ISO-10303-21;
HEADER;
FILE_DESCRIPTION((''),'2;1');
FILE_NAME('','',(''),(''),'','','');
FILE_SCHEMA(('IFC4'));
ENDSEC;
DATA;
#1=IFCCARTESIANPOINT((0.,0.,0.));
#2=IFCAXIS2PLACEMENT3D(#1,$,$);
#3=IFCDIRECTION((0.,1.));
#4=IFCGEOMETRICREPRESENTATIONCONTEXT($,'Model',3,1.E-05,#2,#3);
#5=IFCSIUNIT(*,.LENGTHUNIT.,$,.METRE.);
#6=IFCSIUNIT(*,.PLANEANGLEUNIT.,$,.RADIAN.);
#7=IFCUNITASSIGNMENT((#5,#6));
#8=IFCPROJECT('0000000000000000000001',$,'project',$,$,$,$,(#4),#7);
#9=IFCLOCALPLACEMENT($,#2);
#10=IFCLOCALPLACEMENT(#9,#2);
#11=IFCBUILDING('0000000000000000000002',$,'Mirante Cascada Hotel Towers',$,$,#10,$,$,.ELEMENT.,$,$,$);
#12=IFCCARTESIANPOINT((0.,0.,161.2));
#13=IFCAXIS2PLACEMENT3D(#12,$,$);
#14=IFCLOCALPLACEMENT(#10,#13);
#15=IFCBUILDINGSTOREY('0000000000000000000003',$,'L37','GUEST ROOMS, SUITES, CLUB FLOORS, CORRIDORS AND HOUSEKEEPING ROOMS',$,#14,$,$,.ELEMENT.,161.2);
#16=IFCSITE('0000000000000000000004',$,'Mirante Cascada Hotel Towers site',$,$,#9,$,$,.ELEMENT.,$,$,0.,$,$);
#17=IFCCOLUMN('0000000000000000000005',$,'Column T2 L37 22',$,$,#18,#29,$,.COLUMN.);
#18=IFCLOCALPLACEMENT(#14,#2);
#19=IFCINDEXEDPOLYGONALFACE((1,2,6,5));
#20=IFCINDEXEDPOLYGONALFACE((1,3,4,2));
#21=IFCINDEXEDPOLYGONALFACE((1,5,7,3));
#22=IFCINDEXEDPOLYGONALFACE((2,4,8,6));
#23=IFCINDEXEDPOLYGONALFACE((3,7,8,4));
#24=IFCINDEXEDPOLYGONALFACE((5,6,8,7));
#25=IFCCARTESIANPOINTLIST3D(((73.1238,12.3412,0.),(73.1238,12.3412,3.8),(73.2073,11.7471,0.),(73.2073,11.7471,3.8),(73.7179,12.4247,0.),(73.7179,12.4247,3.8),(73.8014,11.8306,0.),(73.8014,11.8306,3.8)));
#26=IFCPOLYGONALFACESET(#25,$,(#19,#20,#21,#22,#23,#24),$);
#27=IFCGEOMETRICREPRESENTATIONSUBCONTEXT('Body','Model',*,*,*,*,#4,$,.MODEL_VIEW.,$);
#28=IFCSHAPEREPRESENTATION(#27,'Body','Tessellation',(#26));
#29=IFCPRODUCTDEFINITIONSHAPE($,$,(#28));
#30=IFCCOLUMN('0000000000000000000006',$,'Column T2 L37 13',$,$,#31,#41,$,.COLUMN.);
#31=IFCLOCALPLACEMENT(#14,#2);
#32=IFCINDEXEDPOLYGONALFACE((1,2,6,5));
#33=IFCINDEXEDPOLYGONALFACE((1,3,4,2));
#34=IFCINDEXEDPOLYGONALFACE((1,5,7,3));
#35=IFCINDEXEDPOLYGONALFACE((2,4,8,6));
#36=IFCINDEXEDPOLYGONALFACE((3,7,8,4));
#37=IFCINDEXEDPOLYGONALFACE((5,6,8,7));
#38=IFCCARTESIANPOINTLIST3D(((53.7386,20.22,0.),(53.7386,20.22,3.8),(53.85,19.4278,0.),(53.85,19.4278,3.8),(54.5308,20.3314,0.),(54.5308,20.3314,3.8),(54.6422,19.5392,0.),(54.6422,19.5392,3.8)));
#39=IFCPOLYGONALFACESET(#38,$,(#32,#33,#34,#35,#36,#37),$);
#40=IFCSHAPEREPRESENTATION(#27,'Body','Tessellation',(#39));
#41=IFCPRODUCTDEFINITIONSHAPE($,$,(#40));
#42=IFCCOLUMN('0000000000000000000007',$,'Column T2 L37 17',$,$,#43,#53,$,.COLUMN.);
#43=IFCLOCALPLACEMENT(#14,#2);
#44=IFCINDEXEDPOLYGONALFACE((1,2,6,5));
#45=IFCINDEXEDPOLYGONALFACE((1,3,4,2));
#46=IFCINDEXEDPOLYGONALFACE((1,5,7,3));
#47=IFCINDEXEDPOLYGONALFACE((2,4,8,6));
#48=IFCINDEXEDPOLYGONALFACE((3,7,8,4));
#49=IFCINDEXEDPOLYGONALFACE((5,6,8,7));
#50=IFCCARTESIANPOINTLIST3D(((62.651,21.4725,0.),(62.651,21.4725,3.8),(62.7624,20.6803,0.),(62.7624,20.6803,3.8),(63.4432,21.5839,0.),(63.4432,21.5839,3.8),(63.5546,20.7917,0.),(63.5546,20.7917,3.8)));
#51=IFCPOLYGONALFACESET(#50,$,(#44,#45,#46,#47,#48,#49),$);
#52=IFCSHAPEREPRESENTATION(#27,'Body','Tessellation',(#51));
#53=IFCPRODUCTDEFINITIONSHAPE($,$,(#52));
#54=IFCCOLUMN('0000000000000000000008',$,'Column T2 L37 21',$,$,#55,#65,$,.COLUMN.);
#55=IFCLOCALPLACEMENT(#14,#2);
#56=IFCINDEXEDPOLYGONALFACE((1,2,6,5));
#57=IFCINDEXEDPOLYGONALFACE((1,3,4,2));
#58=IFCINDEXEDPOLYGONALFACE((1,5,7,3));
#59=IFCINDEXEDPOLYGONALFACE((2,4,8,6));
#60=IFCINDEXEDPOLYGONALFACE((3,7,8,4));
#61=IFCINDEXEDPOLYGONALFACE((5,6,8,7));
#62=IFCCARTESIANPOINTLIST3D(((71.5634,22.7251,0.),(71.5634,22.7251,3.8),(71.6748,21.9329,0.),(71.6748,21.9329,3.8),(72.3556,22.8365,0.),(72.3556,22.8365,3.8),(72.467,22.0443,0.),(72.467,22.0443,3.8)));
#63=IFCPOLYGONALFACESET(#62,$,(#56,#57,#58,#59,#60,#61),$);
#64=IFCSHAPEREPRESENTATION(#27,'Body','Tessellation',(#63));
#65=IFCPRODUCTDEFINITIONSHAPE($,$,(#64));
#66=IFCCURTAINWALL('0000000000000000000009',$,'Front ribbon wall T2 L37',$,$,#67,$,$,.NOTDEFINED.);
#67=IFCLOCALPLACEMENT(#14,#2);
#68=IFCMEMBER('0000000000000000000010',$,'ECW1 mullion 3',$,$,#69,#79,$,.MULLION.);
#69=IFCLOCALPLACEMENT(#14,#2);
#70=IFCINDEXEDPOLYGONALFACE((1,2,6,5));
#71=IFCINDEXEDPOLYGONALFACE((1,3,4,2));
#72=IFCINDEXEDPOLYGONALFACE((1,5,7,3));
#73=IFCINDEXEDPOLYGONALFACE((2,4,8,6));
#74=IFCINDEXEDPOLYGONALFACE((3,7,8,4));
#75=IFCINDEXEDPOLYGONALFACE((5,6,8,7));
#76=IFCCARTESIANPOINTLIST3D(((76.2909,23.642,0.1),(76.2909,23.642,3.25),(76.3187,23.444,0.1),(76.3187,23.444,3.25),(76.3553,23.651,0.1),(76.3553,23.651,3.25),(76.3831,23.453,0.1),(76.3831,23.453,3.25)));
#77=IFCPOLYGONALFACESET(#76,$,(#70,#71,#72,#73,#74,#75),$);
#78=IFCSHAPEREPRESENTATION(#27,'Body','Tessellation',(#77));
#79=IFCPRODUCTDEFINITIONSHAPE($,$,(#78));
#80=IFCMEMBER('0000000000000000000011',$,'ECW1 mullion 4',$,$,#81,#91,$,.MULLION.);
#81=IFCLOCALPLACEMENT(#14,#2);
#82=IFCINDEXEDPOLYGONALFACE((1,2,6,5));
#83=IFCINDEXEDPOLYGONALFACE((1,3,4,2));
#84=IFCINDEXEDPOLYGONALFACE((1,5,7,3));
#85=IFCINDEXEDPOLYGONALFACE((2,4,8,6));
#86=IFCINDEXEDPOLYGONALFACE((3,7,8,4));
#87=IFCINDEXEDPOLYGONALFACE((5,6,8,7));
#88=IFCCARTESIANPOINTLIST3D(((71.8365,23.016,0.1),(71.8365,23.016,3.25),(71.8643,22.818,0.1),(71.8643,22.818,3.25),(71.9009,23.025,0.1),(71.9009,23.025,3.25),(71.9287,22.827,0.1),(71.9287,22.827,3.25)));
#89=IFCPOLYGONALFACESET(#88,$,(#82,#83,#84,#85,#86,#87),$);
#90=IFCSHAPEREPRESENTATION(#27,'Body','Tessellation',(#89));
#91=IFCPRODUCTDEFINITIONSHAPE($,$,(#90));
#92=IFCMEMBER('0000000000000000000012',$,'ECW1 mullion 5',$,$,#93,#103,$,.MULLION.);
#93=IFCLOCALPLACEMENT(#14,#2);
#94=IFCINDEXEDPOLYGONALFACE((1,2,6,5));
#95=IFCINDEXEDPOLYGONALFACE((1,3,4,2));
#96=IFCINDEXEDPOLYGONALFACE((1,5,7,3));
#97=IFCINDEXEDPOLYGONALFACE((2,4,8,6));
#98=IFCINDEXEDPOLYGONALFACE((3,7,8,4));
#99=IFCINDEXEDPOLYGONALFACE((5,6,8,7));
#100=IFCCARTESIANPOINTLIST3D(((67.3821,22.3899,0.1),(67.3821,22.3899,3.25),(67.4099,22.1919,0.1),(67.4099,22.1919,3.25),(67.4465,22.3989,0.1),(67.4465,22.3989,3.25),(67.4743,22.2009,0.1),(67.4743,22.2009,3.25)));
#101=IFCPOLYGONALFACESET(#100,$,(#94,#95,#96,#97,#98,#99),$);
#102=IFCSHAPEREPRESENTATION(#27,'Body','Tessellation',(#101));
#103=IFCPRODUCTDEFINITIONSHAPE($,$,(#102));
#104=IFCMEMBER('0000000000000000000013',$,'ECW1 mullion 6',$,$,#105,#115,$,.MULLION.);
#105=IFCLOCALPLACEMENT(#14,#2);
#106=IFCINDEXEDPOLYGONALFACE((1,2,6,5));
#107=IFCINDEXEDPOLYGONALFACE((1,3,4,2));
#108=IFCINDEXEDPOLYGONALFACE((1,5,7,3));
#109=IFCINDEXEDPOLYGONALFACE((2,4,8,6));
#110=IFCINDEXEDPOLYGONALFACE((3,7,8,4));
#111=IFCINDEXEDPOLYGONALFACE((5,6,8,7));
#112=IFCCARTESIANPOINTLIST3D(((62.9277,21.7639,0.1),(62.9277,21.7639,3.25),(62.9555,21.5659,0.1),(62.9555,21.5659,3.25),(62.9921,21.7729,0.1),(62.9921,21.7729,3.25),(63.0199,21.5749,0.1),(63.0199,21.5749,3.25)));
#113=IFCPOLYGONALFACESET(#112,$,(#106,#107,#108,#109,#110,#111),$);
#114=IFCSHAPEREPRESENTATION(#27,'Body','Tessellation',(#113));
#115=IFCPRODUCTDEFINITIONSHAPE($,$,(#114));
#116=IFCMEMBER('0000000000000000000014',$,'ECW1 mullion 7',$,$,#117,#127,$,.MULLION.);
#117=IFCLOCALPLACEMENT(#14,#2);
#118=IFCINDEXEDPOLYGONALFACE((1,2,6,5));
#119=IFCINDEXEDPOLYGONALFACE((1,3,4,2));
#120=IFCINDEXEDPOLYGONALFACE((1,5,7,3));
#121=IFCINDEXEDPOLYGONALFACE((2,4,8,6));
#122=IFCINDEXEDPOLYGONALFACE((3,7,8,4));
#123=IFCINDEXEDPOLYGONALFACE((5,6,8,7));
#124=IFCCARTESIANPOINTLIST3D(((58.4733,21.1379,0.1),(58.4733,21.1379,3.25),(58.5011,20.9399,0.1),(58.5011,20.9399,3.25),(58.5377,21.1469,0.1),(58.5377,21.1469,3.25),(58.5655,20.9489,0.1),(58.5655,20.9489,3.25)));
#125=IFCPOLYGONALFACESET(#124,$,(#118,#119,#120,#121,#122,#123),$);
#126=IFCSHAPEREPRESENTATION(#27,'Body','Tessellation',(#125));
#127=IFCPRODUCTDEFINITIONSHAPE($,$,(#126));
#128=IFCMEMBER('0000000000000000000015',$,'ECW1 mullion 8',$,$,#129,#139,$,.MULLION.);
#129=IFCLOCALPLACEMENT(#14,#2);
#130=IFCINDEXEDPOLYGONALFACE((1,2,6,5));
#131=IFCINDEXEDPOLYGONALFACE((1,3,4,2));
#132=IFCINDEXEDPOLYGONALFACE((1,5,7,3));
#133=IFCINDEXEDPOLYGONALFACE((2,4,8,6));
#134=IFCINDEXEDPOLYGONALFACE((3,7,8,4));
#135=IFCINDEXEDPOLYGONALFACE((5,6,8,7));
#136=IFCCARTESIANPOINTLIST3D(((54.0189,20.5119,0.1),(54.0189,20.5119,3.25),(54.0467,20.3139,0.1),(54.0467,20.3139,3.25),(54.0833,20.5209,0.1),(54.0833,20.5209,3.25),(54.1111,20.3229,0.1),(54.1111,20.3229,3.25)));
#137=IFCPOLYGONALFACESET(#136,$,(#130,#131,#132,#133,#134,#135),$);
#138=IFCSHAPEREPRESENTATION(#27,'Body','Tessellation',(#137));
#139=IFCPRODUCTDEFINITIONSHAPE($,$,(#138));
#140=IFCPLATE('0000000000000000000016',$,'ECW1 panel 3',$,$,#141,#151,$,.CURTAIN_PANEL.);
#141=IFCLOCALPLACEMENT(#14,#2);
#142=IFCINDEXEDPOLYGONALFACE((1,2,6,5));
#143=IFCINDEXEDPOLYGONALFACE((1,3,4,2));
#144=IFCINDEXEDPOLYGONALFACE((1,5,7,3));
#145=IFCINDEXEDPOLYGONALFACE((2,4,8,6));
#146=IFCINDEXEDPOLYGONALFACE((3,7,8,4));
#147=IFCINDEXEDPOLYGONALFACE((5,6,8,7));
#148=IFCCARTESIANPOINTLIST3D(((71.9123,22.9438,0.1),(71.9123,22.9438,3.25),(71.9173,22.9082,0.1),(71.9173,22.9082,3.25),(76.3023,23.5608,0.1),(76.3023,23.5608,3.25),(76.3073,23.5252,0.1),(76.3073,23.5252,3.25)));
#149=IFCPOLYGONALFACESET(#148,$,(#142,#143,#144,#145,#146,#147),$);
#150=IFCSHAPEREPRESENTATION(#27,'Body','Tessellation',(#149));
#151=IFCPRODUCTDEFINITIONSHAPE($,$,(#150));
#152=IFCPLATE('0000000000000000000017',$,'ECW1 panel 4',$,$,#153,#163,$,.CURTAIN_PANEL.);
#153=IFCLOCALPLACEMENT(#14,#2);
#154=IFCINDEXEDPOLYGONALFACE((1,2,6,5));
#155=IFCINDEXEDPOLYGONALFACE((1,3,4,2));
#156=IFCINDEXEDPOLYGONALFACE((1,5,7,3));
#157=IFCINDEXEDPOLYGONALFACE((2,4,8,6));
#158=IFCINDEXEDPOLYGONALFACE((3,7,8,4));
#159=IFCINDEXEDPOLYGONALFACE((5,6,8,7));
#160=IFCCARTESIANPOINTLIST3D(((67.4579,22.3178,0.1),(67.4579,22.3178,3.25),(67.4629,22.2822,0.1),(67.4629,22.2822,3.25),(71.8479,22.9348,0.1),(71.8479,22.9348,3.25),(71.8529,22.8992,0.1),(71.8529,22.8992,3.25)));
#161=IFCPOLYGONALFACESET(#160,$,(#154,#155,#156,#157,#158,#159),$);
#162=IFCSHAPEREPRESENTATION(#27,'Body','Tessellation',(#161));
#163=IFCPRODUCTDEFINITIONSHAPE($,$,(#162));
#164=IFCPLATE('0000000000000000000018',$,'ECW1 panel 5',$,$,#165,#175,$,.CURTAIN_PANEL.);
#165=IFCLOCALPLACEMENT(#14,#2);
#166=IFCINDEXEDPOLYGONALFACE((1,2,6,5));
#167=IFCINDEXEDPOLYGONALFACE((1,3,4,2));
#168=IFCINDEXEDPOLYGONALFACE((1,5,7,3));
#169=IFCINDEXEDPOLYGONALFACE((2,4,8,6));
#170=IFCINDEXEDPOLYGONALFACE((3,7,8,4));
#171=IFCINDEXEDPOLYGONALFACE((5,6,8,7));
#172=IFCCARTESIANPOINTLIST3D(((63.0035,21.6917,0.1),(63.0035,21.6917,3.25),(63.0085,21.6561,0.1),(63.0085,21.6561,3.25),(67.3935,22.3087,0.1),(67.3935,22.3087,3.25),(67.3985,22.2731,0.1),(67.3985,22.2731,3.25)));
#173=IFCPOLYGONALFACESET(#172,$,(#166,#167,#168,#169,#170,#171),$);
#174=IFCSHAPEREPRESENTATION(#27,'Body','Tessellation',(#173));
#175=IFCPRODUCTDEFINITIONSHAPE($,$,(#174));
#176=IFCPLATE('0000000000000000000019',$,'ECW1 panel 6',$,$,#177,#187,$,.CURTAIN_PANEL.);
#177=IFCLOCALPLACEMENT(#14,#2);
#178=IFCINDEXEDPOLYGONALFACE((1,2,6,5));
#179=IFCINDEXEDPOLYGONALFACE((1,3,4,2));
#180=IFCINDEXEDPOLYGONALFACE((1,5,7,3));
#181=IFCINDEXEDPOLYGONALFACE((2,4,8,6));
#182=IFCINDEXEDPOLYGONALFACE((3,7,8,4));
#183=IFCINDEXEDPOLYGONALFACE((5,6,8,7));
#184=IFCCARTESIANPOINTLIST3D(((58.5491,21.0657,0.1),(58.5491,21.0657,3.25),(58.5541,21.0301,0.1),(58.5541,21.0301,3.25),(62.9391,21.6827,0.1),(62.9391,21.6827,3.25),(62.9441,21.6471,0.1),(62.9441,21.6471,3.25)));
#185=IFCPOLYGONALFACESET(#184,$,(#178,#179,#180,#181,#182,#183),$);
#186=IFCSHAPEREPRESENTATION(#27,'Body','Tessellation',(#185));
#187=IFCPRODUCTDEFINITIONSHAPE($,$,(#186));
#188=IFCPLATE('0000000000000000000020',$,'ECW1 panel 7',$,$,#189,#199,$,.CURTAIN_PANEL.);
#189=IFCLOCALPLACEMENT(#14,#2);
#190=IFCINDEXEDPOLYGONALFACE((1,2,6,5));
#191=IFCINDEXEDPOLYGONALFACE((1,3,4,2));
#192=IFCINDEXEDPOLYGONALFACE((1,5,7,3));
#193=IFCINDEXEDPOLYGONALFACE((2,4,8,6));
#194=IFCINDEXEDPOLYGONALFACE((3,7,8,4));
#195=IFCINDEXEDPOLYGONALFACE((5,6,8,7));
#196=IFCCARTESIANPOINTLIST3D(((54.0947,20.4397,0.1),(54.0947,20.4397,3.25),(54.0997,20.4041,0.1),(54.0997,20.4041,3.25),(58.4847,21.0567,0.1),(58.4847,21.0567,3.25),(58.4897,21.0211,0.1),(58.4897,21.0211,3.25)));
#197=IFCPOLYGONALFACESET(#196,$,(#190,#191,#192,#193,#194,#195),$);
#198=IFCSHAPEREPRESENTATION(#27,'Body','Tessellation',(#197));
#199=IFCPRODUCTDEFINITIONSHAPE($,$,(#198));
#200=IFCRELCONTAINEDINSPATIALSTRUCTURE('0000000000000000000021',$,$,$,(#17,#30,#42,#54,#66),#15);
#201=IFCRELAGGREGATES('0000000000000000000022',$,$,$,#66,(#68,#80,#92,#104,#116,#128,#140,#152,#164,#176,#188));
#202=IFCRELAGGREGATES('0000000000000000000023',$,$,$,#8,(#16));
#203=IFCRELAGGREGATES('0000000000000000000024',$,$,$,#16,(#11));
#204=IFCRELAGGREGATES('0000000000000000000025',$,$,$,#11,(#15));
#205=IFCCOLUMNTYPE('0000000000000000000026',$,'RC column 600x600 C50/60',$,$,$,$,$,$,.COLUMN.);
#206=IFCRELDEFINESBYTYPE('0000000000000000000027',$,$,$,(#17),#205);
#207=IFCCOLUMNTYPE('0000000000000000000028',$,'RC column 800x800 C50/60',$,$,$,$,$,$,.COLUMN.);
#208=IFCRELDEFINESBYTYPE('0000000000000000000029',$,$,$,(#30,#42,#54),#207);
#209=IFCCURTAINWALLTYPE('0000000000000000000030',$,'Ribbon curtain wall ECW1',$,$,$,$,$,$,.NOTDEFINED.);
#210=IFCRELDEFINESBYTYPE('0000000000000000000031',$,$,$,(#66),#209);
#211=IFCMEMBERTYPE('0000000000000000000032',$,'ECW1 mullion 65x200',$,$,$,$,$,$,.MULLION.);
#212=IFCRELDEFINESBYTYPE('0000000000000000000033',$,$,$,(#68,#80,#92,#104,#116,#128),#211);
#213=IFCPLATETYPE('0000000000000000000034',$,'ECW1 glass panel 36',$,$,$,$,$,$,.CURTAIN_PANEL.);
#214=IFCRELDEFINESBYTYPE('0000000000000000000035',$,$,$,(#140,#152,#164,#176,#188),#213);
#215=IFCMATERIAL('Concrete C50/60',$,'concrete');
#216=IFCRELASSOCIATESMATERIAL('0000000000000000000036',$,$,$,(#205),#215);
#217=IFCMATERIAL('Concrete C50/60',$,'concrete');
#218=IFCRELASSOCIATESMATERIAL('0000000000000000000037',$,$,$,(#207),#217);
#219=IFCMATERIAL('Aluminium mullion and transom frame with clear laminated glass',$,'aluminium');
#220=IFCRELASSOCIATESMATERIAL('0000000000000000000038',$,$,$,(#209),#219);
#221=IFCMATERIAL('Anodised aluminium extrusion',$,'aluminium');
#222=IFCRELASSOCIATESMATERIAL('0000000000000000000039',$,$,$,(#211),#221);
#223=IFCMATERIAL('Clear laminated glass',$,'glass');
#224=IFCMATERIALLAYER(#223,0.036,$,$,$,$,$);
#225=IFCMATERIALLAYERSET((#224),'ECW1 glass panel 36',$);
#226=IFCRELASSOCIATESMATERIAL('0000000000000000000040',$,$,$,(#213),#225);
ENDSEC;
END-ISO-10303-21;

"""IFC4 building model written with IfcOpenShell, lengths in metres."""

from ifc_helpers import new_model, si_unit, direction, frame, origin, origin_2d, place, context, subcontext, project, spatial, rectangle, extrude, material, layer, layer_set, material_profile, profile_set, type_object, element, aggregate, save


model = new_model("IFC4")

# Units and contexts
model_context = context("Model", 3, precision=1e-05, world=origin(), true_north=direction((0.0, 1.0)))
body_context = subcontext(model_context, "Body", "Model", "MODEL_VIEW")
ifc_project = project(units=[si_unit("LENGTHUNIT", "METRE"), si_unit("PLANEANGLEUNIT", "RADIAN")], contexts=[model_context])

# Site, building, storey
site_placement = place(None, origin())
site = spatial("IfcSite", under=ifc_project, at=site_placement, Name="Mirante Cascada Hotel Towers site", CompositionType="ELEMENT", RefElevation=0.0)
building_placement = place(site_placement, origin())
building = spatial("IfcBuilding", under=site, at=building_placement, Name="Mirante Cascada Hotel Towers", CompositionType="ELEMENT")
storey_placement = place(building_placement, frame((0.0, 0.0, 161.2)))
storey = spatial("IfcBuildingStorey", under=building, at=storey_placement, Name="L37", Description="GUEST ROOMS, SUITES, CLUB FLOORS, CORRIDORS AND HOUSEKEEPING ROOMS", CompositionType="ELEMENT", Elevation=161.2)

# Columns
ifc_material_1 = material(Name="Concrete C50/60", Category="concrete")
ifc_material_profile_1 = material_profile(ifc_material_1, rectangle(XDim=0.6, YDim=0.6, at=origin_2d()), Name="RC column 600x600 C50/60")
ifc_profile_set_1 = profile_set([ifc_material_profile_1], Name="Concrete C50/60")
column_type_1 = type_object("IfcColumnType", Name="RC column 600x600 C50/60", PredefinedType="COLUMN", material=ifc_profile_set_1)
column_placement = place(storey_placement, frame((73.4626, 12.0859, 0.0), z_axis=(0.0, 0.0, 1.0), x_axis=(0.990268, 0.139173, 0.0)))
element("IfcColumn", 1, at=column_placement, inside=storey, type_object=column_type_1, Name="Column T2 L37 22", PredefinedType="COLUMN", context=body_context, shape_type="SweptSolid", body=[
    extrude(rectangle(XDim=0.6, YDim=0.6, at=origin_2d()), origin(), (0.0, 0.0, 1.0), 3.8),
])
ifc_material_2 = material(Name="Concrete C50/60", Category="concrete")
ifc_material_profile_2 = material_profile(ifc_material_2, rectangle(XDim=0.8, YDim=0.8, at=origin_2d()), Name="RC column 800x800 C50/60")
ifc_profile_set_2 = profile_set([ifc_material_profile_2], Name="Concrete C50/60")
column_type_2 = type_object("IfcColumnType", Name="RC column 800x800 C50/60", PredefinedType="COLUMN", material=ifc_profile_set_2)
for number, where, z_axis, x_axis, name in (
    (2, (54.1904, 19.8796, 0.0), (0.0, 0.0, 1.0), (0.990268, 0.139173, 0.0), "Column T2 L37 13"),
    (3, (63.1028, 21.1321, 0.0), (0.0, 0.0, 1.0), (0.990268, 0.139173, 0.0), "Column T2 L37 17"),
    (4, (72.0152, 22.3847, 0.0), (0.0, 0.0, 1.0), (0.990268, 0.139173, 0.0), "Column T2 L37 21"),
):
    element("IfcColumn", number, at=place(storey_placement, frame(where, z_axis=z_axis, x_axis=x_axis)), inside=storey, type_object=column_type_2, Name=name, PredefinedType="COLUMN", context=body_context, shape_type="SweptSolid", body=[
        extrude(rectangle(XDim=0.8, YDim=0.8, at=origin_2d()), origin(), (0.0, 0.0, 1.0), 3.8),
    ])

# Curtain wall, members, plates
ifc_material_3 = material(Name="Aluminium mullion and transom frame with clear laminated glass", Category="aluminium")
curtain_wall_type = type_object("IfcCurtainWallType", Name="Ribbon curtain wall ECW1", PredefinedType="NOTDEFINED", material=ifc_material_3)
curtain_wall_placement = place(storey_placement, origin())
curtain_wall = element("IfcCurtainWall", 5, at=curtain_wall_placement, inside=storey, type_object=curtain_wall_type, Name="Front ribbon wall T2 L37", PredefinedType="NOTDEFINED")
ifc_material_4 = material(Name="Anodised aluminium extrusion", Category="aluminium")
ifc_material_profile_3 = material_profile(ifc_material_4, rectangle(XDim=0.2, YDim=0.065, at=origin_2d()), Name="ECW1 MULLION 65x200")
ifc_profile_set_3 = profile_set([ifc_material_profile_3], Name="Anodised aluminium extrusion")
member_type = type_object("IfcMemberType", Name="ECW1 mullion 65x200", PredefinedType="MULLION", material=ifc_profile_set_3)
member_1_placement = place(storey_placement, frame((76.337, 23.5475, 0.1), z_axis=(0.0, 0.0, 1.0), x_axis=(0.139173, -0.990268, 0.0)))
member_1 = element("IfcMember", 6, at=member_1_placement, type_object=member_type, Name="ECW1 mullion 3", PredefinedType="MULLION", context=body_context, shape_type="SweptSolid", body=[
    extrude(rectangle(XDim=0.2, YDim=0.065, at=origin_2d()), origin(), (0.0, 0.0, 1.0), 3.15),
])
member_2_placement = place(storey_placement, frame((71.8826, 22.9215, 0.1), z_axis=(0.0, 0.0, 1.0), x_axis=(0.139173, -0.990268, 0.0)))
member_2 = element("IfcMember", 7, at=member_2_placement, type_object=member_type, Name="ECW1 mullion 4", PredefinedType="MULLION", context=body_context, shape_type="SweptSolid", body=[
    extrude(rectangle(XDim=0.2, YDim=0.065, at=origin_2d()), origin(), (0.0, 0.0, 1.0), 3.15),
])
member_3_placement = place(storey_placement, frame((67.4282, 22.2954, 0.1), z_axis=(0.0, 0.0, 1.0), x_axis=(0.139173, -0.990268, 0.0)))
member_3 = element("IfcMember", 8, at=member_3_placement, type_object=member_type, Name="ECW1 mullion 5", PredefinedType="MULLION", context=body_context, shape_type="SweptSolid", body=[
    extrude(rectangle(XDim=0.2, YDim=0.065, at=origin_2d()), origin(), (0.0, 0.0, 1.0), 3.15),
])
member_4_placement = place(storey_placement, frame((62.9738, 21.6694, 0.1), z_axis=(0.0, 0.0, 1.0), x_axis=(0.139173, -0.990268, 0.0)))
member_4 = element("IfcMember", 9, at=member_4_placement, type_object=member_type, Name="ECW1 mullion 6", PredefinedType="MULLION", context=body_context, shape_type="SweptSolid", body=[
    extrude(rectangle(XDim=0.2, YDim=0.065, at=origin_2d()), origin(), (0.0, 0.0, 1.0), 3.15),
])
member_5_placement = place(storey_placement, frame((58.5194, 21.0434, 0.1), z_axis=(0.0, 0.0, 1.0), x_axis=(0.139173, -0.990268, 0.0)))
member_5 = element("IfcMember", 10, at=member_5_placement, type_object=member_type, Name="ECW1 mullion 7", PredefinedType="MULLION", context=body_context, shape_type="SweptSolid", body=[
    extrude(rectangle(XDim=0.2, YDim=0.065, at=origin_2d()), origin(), (0.0, 0.0, 1.0), 3.15),
])
member_6_placement = place(storey_placement, frame((54.065, 20.4174, 0.1), z_axis=(0.0, 0.0, 1.0), x_axis=(0.139173, -0.990268, 0.0)))
member_6 = element("IfcMember", 11, at=member_6_placement, type_object=member_type, Name="ECW1 mullion 8", PredefinedType="MULLION", context=body_context, shape_type="SweptSolid", body=[
    extrude(rectangle(XDim=0.2, YDim=0.065, at=origin_2d()), origin(), (0.0, 0.0, 1.0), 3.15),
])
ifc_material_5 = material(Name="Clear laminated glass", Category="glass")
ifc_layer_1 = layer(ifc_material_5, 0.036)
ifc_layer_set_1 = layer_set([ifc_layer_1], Name="ECW1 glass panel 36")
plate_type = type_object("IfcPlateType", Name="ECW1 glass panel 36", PredefinedType="CURTAIN_PANEL", material=ifc_layer_set_1)
plate_1_placement = place(storey_placement, frame((74.1098, 23.2345, 0.1), z_axis=(0.0, 0.0, 1.0), x_axis=(-0.990268, -0.139173, 0.0)))
plate_1 = element("IfcPlate", 12, at=plate_1_placement, type_object=plate_type, Name="ECW1 panel 3", PredefinedType="CURTAIN_PANEL", context=body_context, shape_type="SweptSolid", body=[
    extrude(rectangle(XDim=4.4332, YDim=0.036, at=origin_2d()), origin(), (0.0, 0.0, 1.0), 3.15),
])
plate_2_placement = place(storey_placement, frame((69.6554, 22.6085, 0.1), z_axis=(0.0, 0.0, 1.0), x_axis=(-0.990268, -0.139173, 0.0)))
plate_2 = element("IfcPlate", 13, at=plate_2_placement, type_object=plate_type, Name="ECW1 panel 4", PredefinedType="CURTAIN_PANEL", context=body_context, shape_type="SweptSolid", body=[
    extrude(rectangle(XDim=4.4332, YDim=0.036, at=origin_2d()), origin(), (0.0, 0.0, 1.0), 3.15),
])
plate_3_placement = place(storey_placement, frame((65.201, 21.9824, 0.1), z_axis=(0.0, 0.0, 1.0), x_axis=(-0.990268, -0.139173, 0.0)))
plate_3 = element("IfcPlate", 14, at=plate_3_placement, type_object=plate_type, Name="ECW1 panel 5", PredefinedType="CURTAIN_PANEL", context=body_context, shape_type="SweptSolid", body=[
    extrude(rectangle(XDim=4.4332, YDim=0.036, at=origin_2d()), origin(), (0.0, 0.0, 1.0), 3.15),
])
plate_4_placement = place(storey_placement, frame((60.7466, 21.3564, 0.1), z_axis=(0.0, 0.0, 1.0), x_axis=(-0.990268, -0.139173, 0.0)))
plate_4 = element("IfcPlate", 15, at=plate_4_placement, type_object=plate_type, Name="ECW1 panel 6", PredefinedType="CURTAIN_PANEL", context=body_context, shape_type="SweptSolid", body=[
    extrude(rectangle(XDim=4.4332, YDim=0.036, at=origin_2d()), origin(), (0.0, 0.0, 1.0), 3.15),
])
plate_5_placement = place(storey_placement, frame((56.2922, 20.7304, 0.1), z_axis=(0.0, 0.0, 1.0), x_axis=(-0.990268, -0.139173, 0.0)))
plate_5 = element("IfcPlate", 16, at=plate_5_placement, type_object=plate_type, Name="ECW1 panel 7", PredefinedType="CURTAIN_PANEL", context=body_context, shape_type="SweptSolid", body=[
    extrude(rectangle(XDim=4.4332, YDim=0.036, at=origin_2d()), origin(), (0.0, 0.0, 1.0), 3.15),
])
aggregate(curtain_wall, [member_1, member_2, member_3, member_4, member_5, member_6, plate_1, plate_2, plate_3, plate_4, plate_5])

save(model, "model.ifc")
